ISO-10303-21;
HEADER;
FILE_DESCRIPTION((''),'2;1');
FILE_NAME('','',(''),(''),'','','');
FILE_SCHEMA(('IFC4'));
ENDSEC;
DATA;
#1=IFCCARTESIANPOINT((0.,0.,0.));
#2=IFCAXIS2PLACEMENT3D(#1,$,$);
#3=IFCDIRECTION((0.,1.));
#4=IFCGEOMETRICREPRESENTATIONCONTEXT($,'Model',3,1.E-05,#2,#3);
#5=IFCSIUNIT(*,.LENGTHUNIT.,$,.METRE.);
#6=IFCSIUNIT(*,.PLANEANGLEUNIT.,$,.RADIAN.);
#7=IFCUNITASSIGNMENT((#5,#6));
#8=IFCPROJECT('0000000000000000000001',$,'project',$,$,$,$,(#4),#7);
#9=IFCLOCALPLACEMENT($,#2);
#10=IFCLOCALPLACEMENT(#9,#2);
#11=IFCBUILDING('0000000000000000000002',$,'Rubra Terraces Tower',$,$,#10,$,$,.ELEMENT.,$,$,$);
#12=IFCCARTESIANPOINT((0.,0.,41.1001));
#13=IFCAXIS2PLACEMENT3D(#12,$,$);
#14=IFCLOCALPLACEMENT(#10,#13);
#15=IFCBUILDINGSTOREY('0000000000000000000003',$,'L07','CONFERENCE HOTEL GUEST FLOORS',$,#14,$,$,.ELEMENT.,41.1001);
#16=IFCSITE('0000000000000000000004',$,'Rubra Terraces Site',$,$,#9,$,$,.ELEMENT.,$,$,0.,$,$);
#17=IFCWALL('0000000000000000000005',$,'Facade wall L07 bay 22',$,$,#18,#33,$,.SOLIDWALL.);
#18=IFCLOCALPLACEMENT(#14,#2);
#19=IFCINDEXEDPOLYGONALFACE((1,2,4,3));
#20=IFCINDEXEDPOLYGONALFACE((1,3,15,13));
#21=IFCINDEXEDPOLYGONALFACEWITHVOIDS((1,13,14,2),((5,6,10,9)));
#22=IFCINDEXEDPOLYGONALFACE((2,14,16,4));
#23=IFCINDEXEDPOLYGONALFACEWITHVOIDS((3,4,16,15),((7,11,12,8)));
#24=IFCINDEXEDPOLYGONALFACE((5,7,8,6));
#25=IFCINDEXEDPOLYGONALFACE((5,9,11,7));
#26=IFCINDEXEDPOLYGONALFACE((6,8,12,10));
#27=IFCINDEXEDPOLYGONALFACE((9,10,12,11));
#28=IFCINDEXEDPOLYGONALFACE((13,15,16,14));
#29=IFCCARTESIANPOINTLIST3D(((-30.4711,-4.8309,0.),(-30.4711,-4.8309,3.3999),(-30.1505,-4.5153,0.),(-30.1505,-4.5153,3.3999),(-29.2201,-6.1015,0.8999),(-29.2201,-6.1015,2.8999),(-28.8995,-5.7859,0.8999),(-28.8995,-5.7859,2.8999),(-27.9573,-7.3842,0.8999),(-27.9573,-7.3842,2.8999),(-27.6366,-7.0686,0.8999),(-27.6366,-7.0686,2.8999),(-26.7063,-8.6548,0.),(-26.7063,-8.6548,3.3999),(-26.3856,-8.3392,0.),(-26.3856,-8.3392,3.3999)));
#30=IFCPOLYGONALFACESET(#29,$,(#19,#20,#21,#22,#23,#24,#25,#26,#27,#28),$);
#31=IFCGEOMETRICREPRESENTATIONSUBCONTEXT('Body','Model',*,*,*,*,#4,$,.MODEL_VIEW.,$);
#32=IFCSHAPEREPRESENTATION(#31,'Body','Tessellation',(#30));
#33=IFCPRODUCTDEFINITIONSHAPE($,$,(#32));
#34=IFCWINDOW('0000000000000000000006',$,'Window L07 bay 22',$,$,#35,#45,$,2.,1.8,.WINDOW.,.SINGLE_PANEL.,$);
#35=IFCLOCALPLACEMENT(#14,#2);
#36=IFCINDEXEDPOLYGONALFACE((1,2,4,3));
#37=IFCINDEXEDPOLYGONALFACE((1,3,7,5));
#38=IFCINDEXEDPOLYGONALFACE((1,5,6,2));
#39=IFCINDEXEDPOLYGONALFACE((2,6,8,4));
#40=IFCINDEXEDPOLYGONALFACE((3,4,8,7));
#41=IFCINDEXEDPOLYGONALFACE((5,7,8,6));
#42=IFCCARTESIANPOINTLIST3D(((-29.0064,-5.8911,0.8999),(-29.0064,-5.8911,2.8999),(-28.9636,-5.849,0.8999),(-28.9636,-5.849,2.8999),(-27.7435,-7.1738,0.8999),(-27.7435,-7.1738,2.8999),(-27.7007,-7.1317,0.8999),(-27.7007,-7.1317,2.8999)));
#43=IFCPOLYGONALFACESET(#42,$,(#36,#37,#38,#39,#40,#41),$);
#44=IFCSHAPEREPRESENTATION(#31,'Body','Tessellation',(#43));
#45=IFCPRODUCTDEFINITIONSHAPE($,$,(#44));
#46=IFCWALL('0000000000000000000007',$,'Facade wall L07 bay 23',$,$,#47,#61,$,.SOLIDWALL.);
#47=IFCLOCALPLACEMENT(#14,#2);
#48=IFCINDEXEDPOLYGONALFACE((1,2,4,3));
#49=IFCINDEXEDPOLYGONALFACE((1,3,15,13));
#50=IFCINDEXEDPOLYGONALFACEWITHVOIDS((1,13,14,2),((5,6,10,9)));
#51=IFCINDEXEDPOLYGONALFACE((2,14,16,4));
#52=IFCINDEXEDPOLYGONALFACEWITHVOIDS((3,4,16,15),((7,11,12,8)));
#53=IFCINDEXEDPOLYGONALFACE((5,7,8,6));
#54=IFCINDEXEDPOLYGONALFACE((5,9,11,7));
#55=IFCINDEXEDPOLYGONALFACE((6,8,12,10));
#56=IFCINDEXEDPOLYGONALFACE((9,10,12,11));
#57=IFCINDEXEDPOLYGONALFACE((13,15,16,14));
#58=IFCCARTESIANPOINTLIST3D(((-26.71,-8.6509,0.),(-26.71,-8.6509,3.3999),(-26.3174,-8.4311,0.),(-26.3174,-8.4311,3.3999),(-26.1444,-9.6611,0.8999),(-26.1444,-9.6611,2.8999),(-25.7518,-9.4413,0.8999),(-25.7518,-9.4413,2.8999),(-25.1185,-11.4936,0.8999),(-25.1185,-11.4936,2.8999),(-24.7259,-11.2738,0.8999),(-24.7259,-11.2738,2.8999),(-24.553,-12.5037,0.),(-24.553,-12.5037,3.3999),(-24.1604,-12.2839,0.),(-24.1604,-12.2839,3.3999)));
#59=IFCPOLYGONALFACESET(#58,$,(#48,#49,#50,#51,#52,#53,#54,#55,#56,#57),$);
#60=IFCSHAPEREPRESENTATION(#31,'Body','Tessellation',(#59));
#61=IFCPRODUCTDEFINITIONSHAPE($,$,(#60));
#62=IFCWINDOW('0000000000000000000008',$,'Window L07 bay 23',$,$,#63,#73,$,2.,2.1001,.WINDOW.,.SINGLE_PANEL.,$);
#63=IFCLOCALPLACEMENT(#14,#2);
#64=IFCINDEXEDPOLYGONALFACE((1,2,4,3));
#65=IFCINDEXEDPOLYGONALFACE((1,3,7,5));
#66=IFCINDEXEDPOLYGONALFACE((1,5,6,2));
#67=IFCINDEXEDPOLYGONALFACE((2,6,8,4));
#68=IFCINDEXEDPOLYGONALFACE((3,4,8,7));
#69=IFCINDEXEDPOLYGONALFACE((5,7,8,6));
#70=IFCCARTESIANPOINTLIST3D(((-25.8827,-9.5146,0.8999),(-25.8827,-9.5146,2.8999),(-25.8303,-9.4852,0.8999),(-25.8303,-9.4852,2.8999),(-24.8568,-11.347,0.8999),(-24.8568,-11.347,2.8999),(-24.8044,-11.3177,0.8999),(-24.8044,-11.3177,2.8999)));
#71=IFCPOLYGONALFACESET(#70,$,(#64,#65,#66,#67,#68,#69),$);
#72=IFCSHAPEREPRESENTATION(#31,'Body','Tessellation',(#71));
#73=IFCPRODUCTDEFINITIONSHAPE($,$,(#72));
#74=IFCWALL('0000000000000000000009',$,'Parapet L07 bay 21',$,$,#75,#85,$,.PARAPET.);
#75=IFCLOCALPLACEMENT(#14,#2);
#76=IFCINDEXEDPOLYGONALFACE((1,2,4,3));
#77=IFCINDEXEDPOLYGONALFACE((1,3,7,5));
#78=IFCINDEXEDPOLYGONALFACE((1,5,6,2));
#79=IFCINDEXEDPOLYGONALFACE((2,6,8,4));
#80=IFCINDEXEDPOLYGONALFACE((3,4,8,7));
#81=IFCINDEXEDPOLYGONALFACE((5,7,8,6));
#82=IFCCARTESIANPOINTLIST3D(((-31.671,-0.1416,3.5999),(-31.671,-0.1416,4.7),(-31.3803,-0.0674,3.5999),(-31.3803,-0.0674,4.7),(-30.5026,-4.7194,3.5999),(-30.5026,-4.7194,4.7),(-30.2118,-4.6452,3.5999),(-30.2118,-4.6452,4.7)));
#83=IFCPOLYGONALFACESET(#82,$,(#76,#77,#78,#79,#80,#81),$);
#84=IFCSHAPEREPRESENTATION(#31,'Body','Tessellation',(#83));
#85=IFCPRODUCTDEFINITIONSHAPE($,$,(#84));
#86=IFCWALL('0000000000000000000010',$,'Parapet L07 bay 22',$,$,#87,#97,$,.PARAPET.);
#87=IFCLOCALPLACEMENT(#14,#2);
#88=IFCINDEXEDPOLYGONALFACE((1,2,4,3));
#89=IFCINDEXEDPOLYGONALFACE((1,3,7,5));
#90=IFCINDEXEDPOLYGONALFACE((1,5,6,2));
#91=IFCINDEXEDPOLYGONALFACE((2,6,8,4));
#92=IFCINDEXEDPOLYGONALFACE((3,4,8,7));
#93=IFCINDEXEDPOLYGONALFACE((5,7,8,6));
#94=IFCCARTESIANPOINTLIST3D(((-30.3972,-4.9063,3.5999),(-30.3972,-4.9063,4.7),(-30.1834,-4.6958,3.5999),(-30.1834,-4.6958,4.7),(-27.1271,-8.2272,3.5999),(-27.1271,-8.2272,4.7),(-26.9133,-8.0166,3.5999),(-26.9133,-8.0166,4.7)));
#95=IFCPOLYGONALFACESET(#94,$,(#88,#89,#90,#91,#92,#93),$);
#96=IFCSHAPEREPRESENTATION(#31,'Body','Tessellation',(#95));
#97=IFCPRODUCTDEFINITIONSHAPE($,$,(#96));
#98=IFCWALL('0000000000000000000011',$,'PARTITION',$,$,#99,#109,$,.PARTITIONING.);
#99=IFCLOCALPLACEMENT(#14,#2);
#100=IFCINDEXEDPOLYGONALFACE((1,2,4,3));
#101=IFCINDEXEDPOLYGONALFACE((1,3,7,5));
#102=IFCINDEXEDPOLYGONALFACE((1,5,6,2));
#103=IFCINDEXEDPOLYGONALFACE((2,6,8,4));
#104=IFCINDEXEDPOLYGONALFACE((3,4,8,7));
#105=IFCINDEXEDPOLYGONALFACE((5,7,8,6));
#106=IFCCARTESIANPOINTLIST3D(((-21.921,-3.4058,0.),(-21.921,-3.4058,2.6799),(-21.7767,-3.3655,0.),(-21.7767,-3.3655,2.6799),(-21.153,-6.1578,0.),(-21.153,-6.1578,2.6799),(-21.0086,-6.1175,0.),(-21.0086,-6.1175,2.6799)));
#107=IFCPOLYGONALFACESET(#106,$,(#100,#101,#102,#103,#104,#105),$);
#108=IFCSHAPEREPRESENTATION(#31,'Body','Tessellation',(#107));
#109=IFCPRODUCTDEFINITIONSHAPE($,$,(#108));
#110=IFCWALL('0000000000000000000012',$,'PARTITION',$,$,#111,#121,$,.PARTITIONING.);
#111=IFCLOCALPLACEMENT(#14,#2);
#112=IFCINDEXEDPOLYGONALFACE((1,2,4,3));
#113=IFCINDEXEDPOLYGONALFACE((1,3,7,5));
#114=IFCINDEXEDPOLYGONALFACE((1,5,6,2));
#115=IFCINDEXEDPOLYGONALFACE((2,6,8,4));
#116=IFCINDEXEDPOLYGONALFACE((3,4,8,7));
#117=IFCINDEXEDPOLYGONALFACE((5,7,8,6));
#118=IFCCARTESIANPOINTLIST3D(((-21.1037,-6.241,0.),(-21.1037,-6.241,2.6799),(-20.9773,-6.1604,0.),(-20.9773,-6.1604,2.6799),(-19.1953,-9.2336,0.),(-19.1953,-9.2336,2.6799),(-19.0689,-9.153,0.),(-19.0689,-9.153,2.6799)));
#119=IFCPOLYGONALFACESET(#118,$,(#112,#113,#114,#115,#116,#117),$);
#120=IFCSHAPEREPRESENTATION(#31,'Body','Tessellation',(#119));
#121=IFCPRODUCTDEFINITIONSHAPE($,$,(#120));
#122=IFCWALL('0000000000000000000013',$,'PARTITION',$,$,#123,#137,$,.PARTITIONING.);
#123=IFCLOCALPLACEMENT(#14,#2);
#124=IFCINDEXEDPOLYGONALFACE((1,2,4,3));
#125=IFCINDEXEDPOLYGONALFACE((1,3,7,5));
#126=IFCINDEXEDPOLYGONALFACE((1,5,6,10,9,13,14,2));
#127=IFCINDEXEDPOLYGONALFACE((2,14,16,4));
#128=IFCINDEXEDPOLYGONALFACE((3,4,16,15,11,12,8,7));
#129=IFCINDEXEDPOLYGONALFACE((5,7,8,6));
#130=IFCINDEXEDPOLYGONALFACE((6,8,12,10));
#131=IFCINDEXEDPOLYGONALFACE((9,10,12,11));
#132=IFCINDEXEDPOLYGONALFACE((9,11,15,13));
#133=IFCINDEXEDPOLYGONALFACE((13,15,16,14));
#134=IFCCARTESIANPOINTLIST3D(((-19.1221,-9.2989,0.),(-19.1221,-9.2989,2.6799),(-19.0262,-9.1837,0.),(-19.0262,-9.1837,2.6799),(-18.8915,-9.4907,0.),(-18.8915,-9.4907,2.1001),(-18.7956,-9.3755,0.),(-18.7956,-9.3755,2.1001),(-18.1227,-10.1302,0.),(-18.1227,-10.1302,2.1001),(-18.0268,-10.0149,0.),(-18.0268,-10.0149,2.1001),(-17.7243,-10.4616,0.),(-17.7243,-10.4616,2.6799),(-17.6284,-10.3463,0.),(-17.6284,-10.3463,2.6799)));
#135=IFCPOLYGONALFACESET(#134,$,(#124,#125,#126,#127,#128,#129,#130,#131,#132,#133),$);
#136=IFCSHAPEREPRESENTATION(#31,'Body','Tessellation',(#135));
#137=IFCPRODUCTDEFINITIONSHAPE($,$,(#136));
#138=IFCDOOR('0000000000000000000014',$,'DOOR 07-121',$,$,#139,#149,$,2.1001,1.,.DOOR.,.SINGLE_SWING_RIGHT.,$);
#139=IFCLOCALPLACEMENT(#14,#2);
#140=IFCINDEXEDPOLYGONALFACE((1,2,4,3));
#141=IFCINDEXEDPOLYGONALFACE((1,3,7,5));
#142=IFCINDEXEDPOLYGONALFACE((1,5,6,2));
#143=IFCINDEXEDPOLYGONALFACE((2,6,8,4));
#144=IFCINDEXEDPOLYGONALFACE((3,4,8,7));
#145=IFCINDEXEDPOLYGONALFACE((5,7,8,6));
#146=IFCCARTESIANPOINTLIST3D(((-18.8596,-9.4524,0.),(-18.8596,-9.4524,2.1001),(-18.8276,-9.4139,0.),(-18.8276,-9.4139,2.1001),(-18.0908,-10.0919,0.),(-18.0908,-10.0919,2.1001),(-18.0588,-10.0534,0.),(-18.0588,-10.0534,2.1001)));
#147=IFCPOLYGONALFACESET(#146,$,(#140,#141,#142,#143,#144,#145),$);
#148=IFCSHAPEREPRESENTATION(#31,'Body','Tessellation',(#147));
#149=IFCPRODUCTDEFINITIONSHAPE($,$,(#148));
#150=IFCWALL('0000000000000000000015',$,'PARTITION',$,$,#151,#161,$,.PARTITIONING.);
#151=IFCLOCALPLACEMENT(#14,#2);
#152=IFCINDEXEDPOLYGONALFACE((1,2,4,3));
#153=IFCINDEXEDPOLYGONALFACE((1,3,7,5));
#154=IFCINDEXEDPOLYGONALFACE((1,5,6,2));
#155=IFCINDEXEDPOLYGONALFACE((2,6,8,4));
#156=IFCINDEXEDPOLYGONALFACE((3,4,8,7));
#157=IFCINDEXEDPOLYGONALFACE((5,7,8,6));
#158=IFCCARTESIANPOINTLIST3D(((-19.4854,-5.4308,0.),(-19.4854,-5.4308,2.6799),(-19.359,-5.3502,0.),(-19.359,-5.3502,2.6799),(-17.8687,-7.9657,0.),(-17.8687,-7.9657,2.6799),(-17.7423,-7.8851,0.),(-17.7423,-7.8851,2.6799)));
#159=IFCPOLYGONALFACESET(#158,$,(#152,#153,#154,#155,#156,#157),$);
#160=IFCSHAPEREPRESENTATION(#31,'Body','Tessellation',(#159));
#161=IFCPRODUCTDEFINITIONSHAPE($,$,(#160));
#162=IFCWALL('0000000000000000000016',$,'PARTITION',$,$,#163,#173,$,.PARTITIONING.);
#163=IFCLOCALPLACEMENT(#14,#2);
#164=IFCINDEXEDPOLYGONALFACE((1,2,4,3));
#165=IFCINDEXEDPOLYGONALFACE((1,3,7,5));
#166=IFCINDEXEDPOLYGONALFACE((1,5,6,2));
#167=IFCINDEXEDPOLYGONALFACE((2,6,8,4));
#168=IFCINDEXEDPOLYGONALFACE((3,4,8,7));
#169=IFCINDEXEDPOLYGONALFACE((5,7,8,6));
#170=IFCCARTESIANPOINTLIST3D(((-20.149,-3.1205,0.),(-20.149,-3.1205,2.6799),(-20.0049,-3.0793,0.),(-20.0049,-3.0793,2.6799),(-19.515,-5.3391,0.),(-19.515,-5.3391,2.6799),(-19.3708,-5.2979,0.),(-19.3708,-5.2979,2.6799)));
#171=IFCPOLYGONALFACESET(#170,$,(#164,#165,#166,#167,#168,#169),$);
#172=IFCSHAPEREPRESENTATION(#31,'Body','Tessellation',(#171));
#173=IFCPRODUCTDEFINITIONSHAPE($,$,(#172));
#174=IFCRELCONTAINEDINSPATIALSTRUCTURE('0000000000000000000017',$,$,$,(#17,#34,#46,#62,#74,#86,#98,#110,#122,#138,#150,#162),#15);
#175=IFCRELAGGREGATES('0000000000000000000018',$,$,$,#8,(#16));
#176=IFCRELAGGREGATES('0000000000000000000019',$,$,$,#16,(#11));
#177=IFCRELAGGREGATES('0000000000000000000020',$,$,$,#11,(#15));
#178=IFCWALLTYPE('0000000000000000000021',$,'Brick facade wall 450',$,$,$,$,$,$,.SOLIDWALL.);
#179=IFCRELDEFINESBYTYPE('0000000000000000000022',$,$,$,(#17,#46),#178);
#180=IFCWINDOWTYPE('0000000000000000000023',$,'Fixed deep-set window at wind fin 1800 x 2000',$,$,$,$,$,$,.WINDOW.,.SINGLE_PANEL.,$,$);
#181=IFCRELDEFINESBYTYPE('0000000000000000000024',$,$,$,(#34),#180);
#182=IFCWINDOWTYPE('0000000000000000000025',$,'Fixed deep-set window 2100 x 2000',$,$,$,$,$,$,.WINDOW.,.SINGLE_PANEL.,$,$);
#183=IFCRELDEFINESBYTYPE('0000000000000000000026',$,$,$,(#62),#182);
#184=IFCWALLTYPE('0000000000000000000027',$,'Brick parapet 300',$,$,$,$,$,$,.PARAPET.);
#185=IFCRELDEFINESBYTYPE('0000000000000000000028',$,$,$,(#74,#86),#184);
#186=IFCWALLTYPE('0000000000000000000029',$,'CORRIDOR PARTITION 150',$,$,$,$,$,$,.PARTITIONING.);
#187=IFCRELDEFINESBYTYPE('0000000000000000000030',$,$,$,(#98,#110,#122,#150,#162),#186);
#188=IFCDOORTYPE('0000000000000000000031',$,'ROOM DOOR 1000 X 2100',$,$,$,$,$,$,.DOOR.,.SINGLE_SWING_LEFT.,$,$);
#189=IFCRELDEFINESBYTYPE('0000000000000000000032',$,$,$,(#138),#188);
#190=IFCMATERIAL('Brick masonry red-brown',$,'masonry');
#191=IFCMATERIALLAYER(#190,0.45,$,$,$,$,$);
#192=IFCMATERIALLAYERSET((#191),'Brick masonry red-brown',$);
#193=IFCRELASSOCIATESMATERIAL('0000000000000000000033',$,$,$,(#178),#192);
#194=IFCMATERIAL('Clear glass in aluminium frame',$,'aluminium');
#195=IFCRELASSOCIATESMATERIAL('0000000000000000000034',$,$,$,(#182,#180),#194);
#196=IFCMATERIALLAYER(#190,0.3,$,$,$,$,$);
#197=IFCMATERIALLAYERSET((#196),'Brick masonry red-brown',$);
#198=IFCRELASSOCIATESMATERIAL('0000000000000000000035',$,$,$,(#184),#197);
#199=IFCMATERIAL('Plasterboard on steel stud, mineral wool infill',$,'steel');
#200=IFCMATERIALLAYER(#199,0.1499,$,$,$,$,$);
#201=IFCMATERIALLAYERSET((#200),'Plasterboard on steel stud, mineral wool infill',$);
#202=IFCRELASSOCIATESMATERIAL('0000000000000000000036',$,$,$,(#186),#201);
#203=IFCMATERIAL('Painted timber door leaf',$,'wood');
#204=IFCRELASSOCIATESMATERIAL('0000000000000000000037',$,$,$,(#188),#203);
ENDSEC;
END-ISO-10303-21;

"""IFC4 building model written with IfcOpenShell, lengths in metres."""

from ifc_helpers import new_model, si_unit, direction, frame, frame_2d, origin, place, context, subcontext, project, spatial, rectangle, extrude, material, layer, layer_set, type_object, element, fill, save


model = new_model("IFC4")

# Units and contexts
model_context = context("Model", 3, precision=1e-05, world=origin(), true_north=direction((0.0, 1.0)))
body_context = subcontext(model_context, "Body", "Model", "MODEL_VIEW")
ifc_project = project(units=[si_unit("LENGTHUNIT", "METRE"), si_unit("PLANEANGLEUNIT", "RADIAN")], contexts=[model_context])

# Site, building, storey
site_placement = place(None, origin())
site = spatial("IfcSite", under=ifc_project, at=site_placement, Name="Rubra Terraces Site", CompositionType="ELEMENT", RefElevation=0.0)
building_placement = place(site_placement, origin())
building = spatial("IfcBuilding", under=site, at=building_placement, Name="Rubra Terraces Tower", CompositionType="ELEMENT")
storey_placement = place(building_placement, frame((0.0, 0.0, 41.1001)))
storey = spatial("IfcBuildingStorey", under=building, at=storey_placement, Name="L07", Description="CONFERENCE HOTEL GUEST FLOORS", CompositionType="ELEMENT", Elevation=41.1001)

# Walls, openings, windows
ifc_material_1 = material(Name="Brick masonry red-brown", Category="masonry")
ifc_layer_1 = layer(ifc_material_1, 0.45)
ifc_layer_set_1 = layer_set([ifc_layer_1], Name="Brick masonry red-brown")
wall_type_1 = type_object("IfcWallType", Name="Brick facade wall 450", PredefinedType="SOLIDWALL", material=ifc_layer_set_1)
ifc_material_2 = material(Name="Clear glass in aluminium frame", Category="aluminium")
window_type_1 = type_object("IfcWindowType", Name="Fixed deep-set window 2100 x 2000", PartitioningType="SINGLE_PANEL", PredefinedType="WINDOW", material=ifc_material_2)
wall_1_placement = place(storey_placement, frame((-30.3108, -4.6731, 0.0), z_axis=(0.0, 0.0, 1.0), x_axis=(0.70158, -0.71259, 0.0)))
wall_1 = element("IfcWall", 1, at=wall_1_placement, inside=storey, type_object=wall_type_1, Name="Facade wall L07 bay 22", PredefinedType="SOLIDWALL", context=body_context, shape_type="SweptSolid", body=[
    extrude(rectangle(XDim=5.3662, YDim=0.45, at=frame_2d((2.6831, 0.0))), origin(), (0.0, 0.0, 1.0), 3.3999),
])
opening_1_placement = place(wall_1_placement, frame((1.7832, 0.0, 0.8999)))
opening_1 = element("IfcOpeningElement", 2, at=opening_1_placement, cuts=wall_1, PredefinedType="OPENING", context=body_context, shape_type="SweptSolid", body=[
    extrude(rectangle(XDim=1.8, YDim=2.0, at=frame_2d((0.8999, 1.0))), frame((0.0, 0.2349, 0.0), z_axis=(0.0, -1.0, 0.0), x_axis=(1.0, 0.0, 0.0)), (0.0, 0.0, 1.0), 0.47),
])
window_type_2 = type_object("IfcWindowType", Name="Fixed deep-set window at wind fin 1800 x 2000", PartitioningType="SINGLE_PANEL", PredefinedType="WINDOW", material=ifc_material_2)
window_1_placement = place(opening_1_placement, origin())
window_1 = element("IfcWindow", 3, at=window_1_placement, inside=storey, type_object=window_type_2, Name="Window L07 bay 22", OverallHeight=2.0, OverallWidth=1.8, PartitioningType="SINGLE_PANEL", PredefinedType="WINDOW", context=body_context, shape_type="SweptSolid", body=[
    extrude(rectangle(XDim=1.8, YDim=2.0, at=frame_2d((0.8999, 1.0))), frame((0.0, 0.135, 0.0), z_axis=(0.0, -1.0, 0.0), x_axis=(1.0, 0.0, 0.0)), (0.0, 0.0, 1.0), 0.0601),
])
fill(opening_1, window_1)
wall_2_placement = place(storey_placement, frame((-26.5137, -8.541, 0.0), z_axis=(0.0, 0.0, 1.0), x_axis=(0.488504, -0.872562, 0.0)))
wall_2 = element("IfcWall", 4, at=wall_2_placement, inside=storey, type_object=wall_type_1, Name="Facade wall L07 bay 23", PredefinedType="SOLIDWALL", context=body_context, shape_type="SweptSolid", body=[
    extrude(rectangle(XDim=4.4155, YDim=0.45, at=frame_2d((2.2078, 0.0))), origin(), (0.0, 0.0, 1.0), 3.3999),
])
opening_2_placement = place(wall_2_placement, frame((1.1577, 0.0, 0.8999)))
opening_2 = element("IfcOpeningElement", 5, at=opening_2_placement, cuts=wall_2, PredefinedType="OPENING", context=body_context, shape_type="SweptSolid", body=[
    extrude(rectangle(XDim=2.1001, YDim=2.0, at=frame_2d((1.05, 1.0))), frame((0.0, 0.2349, 0.0), z_axis=(0.0, -1.0, 0.0), x_axis=(1.0, 0.0, 0.0)), (0.0, 0.0, 1.0), 0.47),
])
window_2_placement = place(opening_2_placement, origin())
window_2 = element("IfcWindow", 6, at=window_2_placement, inside=storey, type_object=window_type_1, Name="Window L07 bay 23", OverallHeight=2.0, OverallWidth=2.1001, PartitioningType="SINGLE_PANEL", PredefinedType="WINDOW", context=body_context, shape_type="SweptSolid", body=[
    extrude(rectangle(XDim=2.1001, YDim=2.0, at=frame_2d((1.05, 1.0))), frame((0.0, 0.135, 0.0), z_axis=(0.0, -1.0, 0.0), x_axis=(1.0, 0.0, 0.0)), (0.0, 0.0, 1.0), 0.0601),
])
fill(opening_2, window_2)

# Walls
ifc_layer_2 = layer(ifc_material_1, 0.3)
ifc_layer_set_2 = layer_set([ifc_layer_2], Name="Brick masonry red-brown")
wall_type_2 = type_object("IfcWallType", Name="Brick parapet 300", PredefinedType="PARAPET", material=ifc_layer_set_2)
wall_3_placement = place(storey_placement, frame((-31.5256, -0.1045, 3.5999), z_axis=(0.0, 0.0, 1.0), x_axis=(0.247311, -0.968936, 0.0)))
element("IfcWall", 7, at=wall_3_placement, inside=storey, type_object=wall_type_2, Name="Parapet L07 bay 21", PredefinedType="PARAPET", context=body_context, shape_type="SweptSolid", body=[
    extrude(rectangle(XDim=4.7246, YDim=0.3, at=frame_2d((2.3623, 0.0))), origin(), (0.0, 0.0, 1.0), 1.1001),
])
wall_4_placement = place(storey_placement, frame((-30.2903, -4.801, 3.5999), z_axis=(0.0, 0.0, 1.0), x_axis=(0.701638, -0.712534, 0.0)))
element("IfcWall", 8, at=wall_4_placement, inside=storey, type_object=wall_type_2, Name="Parapet L07 bay 22", PredefinedType="PARAPET", context=body_context, shape_type="SweptSolid", body=[
    extrude(rectangle(XDim=4.6606, YDim=0.3, at=frame_2d((2.3303, 0.0))), origin(), (0.0, 0.0, 1.0), 1.1001),
])
ifc_material_3 = material(Name="Plasterboard on steel stud, mineral wool infill", Category="steel")
ifc_layer_3 = layer(ifc_material_3, 0.1499)
ifc_layer_set_3 = layer_set([ifc_layer_3], Name="Plasterboard on steel stud, mineral wool infill")
wall_type_3 = type_object("IfcWallType", Name="CORRIDOR PARTITION 150", PredefinedType="PARTITIONING", material=ifc_layer_set_3)
wall_5_placement = place(storey_placement, frame((-21.8489, -3.3855, 0.0), z_axis=(0.0, 0.0, 1.0), x_axis=(0.268825, -0.963189, 0.0)))
element("IfcWall", 9, at=wall_5_placement, inside=storey, type_object=wall_type_3, Name="PARTITION", PredefinedType="PARTITIONING", context=body_context, shape_type="SweptSolid", body=[
    extrude(rectangle(XDim=2.8572, YDim=0.1499, at=frame_2d((1.4287, 0.0))), origin(), (0.0, 0.0, 1.0), 2.6799),
])
wall_6_placement = place(storey_placement, frame((-21.0405, -6.2007, 0.0), z_axis=(0.0, 0.0, 1.0), x_axis=(0.537681, -0.843148, 0.0)))
element("IfcWall", 10, at=wall_6_placement, inside=storey, type_object=wall_type_3, Name="PARTITION", PredefinedType="PARTITIONING", context=body_context, shape_type="SweptSolid", body=[
    extrude(rectangle(XDim=3.5493, YDim=0.1499, at=frame_2d((1.7747, 0.0))), origin(), (0.0, 0.0, 1.0), 2.6799),
])

# Wall, opening, door
wall_7_placement = place(storey_placement, frame((-19.0742, -9.2412, 0.0), z_axis=(0.0, 0.0, 1.0), x_axis=(0.768804, -0.639484, 0.0)))
wall_7 = element("IfcWall", 11, at=wall_7_placement, inside=storey, type_object=wall_type_3, Name="PARTITION", PredefinedType="PARTITIONING", context=body_context, shape_type="SweptSolid", body=[
    extrude(rectangle(XDim=1.8181, YDim=0.1499, at=frame_2d((0.9092, 0.0))), origin(), (0.0, 0.0, 1.0), 2.6799),
])
opening_3_placement = place(wall_7_placement, frame((0.3, 0.0, 0.0)))
opening_3 = element("IfcOpeningElement", 12, at=opening_3_placement, cuts=wall_7, PredefinedType="OPENING", context=body_context, shape_type="SweptSolid", body=[
    extrude(rectangle(XDim=1.0, YDim=2.1001, at=frame_2d((0.5, 1.05))), frame((0.0, 0.085, 0.0), z_axis=(0.0, -1.0, 0.0), x_axis=(1.0, 0.0, 0.0)), (0.0, 0.0, 1.0), 0.1699),
])
ifc_material_4 = material(Name="Painted timber door leaf", Category="wood")
door_type_1 = type_object("IfcDoorType", Name="ROOM DOOR 1000 X 2100", OperationType="SINGLE_SWING_LEFT", PredefinedType="DOOR", material=ifc_material_4)
door_1_placement = place(opening_3_placement, origin())
door_1 = element("IfcDoor", 13, at=door_1_placement, inside=storey, type_object=door_type_1, Name="DOOR 07-121", OperationType="SINGLE_SWING_RIGHT", OverallHeight=2.1001, OverallWidth=1.0, PredefinedType="DOOR", context=body_context, shape_type="SweptSolid", body=[
    extrude(rectangle(XDim=1.0, YDim=2.1001, at=frame_2d((0.5, 1.05))), frame((0.0, 0.0249, 0.0), z_axis=(0.0, -1.0, 0.0), x_axis=(1.0, 0.0, 0.0)), (0.0, 0.0, 1.0), 0.05),
])
fill(opening_3, door_1)

# Walls
wall_8_placement = place(storey_placement, frame((-17.8054, -7.9255, 0.0), z_axis=(0.0, 0.0, 1.0), x_axis=(-0.537721, 0.843123, 0.0)))
element("IfcWall", 14, at=wall_8_placement, inside=storey, type_object=wall_type_3, Name="PARTITION", PredefinedType="PARTITIONING", context=body_context, shape_type="SweptSolid", body=[
    extrude(rectangle(XDim=3.0066, YDim=0.1499, at=frame_2d((1.5034, 0.0))), origin(), (0.0, 0.0, 1.0), 2.6799),
])
wall_9_placement = place(storey_placement, frame((-19.4429, -5.3186, 0.0), z_axis=(0.0, 0.0, 1.0), x_axis=(-0.274791, 0.961504, 0.0)))
element("IfcWall", 15, at=wall_9_placement, inside=storey, type_object=wall_type_3, Name="PARTITION", PredefinedType="PARTITIONING", context=body_context, shape_type="SweptSolid", body=[
    extrude(rectangle(XDim=2.3074, YDim=0.1499, at=frame_2d((1.1538, 0.0))), origin(), (0.0, 0.0, 1.0), 2.6799),
])

save(model, "model.ifc")
